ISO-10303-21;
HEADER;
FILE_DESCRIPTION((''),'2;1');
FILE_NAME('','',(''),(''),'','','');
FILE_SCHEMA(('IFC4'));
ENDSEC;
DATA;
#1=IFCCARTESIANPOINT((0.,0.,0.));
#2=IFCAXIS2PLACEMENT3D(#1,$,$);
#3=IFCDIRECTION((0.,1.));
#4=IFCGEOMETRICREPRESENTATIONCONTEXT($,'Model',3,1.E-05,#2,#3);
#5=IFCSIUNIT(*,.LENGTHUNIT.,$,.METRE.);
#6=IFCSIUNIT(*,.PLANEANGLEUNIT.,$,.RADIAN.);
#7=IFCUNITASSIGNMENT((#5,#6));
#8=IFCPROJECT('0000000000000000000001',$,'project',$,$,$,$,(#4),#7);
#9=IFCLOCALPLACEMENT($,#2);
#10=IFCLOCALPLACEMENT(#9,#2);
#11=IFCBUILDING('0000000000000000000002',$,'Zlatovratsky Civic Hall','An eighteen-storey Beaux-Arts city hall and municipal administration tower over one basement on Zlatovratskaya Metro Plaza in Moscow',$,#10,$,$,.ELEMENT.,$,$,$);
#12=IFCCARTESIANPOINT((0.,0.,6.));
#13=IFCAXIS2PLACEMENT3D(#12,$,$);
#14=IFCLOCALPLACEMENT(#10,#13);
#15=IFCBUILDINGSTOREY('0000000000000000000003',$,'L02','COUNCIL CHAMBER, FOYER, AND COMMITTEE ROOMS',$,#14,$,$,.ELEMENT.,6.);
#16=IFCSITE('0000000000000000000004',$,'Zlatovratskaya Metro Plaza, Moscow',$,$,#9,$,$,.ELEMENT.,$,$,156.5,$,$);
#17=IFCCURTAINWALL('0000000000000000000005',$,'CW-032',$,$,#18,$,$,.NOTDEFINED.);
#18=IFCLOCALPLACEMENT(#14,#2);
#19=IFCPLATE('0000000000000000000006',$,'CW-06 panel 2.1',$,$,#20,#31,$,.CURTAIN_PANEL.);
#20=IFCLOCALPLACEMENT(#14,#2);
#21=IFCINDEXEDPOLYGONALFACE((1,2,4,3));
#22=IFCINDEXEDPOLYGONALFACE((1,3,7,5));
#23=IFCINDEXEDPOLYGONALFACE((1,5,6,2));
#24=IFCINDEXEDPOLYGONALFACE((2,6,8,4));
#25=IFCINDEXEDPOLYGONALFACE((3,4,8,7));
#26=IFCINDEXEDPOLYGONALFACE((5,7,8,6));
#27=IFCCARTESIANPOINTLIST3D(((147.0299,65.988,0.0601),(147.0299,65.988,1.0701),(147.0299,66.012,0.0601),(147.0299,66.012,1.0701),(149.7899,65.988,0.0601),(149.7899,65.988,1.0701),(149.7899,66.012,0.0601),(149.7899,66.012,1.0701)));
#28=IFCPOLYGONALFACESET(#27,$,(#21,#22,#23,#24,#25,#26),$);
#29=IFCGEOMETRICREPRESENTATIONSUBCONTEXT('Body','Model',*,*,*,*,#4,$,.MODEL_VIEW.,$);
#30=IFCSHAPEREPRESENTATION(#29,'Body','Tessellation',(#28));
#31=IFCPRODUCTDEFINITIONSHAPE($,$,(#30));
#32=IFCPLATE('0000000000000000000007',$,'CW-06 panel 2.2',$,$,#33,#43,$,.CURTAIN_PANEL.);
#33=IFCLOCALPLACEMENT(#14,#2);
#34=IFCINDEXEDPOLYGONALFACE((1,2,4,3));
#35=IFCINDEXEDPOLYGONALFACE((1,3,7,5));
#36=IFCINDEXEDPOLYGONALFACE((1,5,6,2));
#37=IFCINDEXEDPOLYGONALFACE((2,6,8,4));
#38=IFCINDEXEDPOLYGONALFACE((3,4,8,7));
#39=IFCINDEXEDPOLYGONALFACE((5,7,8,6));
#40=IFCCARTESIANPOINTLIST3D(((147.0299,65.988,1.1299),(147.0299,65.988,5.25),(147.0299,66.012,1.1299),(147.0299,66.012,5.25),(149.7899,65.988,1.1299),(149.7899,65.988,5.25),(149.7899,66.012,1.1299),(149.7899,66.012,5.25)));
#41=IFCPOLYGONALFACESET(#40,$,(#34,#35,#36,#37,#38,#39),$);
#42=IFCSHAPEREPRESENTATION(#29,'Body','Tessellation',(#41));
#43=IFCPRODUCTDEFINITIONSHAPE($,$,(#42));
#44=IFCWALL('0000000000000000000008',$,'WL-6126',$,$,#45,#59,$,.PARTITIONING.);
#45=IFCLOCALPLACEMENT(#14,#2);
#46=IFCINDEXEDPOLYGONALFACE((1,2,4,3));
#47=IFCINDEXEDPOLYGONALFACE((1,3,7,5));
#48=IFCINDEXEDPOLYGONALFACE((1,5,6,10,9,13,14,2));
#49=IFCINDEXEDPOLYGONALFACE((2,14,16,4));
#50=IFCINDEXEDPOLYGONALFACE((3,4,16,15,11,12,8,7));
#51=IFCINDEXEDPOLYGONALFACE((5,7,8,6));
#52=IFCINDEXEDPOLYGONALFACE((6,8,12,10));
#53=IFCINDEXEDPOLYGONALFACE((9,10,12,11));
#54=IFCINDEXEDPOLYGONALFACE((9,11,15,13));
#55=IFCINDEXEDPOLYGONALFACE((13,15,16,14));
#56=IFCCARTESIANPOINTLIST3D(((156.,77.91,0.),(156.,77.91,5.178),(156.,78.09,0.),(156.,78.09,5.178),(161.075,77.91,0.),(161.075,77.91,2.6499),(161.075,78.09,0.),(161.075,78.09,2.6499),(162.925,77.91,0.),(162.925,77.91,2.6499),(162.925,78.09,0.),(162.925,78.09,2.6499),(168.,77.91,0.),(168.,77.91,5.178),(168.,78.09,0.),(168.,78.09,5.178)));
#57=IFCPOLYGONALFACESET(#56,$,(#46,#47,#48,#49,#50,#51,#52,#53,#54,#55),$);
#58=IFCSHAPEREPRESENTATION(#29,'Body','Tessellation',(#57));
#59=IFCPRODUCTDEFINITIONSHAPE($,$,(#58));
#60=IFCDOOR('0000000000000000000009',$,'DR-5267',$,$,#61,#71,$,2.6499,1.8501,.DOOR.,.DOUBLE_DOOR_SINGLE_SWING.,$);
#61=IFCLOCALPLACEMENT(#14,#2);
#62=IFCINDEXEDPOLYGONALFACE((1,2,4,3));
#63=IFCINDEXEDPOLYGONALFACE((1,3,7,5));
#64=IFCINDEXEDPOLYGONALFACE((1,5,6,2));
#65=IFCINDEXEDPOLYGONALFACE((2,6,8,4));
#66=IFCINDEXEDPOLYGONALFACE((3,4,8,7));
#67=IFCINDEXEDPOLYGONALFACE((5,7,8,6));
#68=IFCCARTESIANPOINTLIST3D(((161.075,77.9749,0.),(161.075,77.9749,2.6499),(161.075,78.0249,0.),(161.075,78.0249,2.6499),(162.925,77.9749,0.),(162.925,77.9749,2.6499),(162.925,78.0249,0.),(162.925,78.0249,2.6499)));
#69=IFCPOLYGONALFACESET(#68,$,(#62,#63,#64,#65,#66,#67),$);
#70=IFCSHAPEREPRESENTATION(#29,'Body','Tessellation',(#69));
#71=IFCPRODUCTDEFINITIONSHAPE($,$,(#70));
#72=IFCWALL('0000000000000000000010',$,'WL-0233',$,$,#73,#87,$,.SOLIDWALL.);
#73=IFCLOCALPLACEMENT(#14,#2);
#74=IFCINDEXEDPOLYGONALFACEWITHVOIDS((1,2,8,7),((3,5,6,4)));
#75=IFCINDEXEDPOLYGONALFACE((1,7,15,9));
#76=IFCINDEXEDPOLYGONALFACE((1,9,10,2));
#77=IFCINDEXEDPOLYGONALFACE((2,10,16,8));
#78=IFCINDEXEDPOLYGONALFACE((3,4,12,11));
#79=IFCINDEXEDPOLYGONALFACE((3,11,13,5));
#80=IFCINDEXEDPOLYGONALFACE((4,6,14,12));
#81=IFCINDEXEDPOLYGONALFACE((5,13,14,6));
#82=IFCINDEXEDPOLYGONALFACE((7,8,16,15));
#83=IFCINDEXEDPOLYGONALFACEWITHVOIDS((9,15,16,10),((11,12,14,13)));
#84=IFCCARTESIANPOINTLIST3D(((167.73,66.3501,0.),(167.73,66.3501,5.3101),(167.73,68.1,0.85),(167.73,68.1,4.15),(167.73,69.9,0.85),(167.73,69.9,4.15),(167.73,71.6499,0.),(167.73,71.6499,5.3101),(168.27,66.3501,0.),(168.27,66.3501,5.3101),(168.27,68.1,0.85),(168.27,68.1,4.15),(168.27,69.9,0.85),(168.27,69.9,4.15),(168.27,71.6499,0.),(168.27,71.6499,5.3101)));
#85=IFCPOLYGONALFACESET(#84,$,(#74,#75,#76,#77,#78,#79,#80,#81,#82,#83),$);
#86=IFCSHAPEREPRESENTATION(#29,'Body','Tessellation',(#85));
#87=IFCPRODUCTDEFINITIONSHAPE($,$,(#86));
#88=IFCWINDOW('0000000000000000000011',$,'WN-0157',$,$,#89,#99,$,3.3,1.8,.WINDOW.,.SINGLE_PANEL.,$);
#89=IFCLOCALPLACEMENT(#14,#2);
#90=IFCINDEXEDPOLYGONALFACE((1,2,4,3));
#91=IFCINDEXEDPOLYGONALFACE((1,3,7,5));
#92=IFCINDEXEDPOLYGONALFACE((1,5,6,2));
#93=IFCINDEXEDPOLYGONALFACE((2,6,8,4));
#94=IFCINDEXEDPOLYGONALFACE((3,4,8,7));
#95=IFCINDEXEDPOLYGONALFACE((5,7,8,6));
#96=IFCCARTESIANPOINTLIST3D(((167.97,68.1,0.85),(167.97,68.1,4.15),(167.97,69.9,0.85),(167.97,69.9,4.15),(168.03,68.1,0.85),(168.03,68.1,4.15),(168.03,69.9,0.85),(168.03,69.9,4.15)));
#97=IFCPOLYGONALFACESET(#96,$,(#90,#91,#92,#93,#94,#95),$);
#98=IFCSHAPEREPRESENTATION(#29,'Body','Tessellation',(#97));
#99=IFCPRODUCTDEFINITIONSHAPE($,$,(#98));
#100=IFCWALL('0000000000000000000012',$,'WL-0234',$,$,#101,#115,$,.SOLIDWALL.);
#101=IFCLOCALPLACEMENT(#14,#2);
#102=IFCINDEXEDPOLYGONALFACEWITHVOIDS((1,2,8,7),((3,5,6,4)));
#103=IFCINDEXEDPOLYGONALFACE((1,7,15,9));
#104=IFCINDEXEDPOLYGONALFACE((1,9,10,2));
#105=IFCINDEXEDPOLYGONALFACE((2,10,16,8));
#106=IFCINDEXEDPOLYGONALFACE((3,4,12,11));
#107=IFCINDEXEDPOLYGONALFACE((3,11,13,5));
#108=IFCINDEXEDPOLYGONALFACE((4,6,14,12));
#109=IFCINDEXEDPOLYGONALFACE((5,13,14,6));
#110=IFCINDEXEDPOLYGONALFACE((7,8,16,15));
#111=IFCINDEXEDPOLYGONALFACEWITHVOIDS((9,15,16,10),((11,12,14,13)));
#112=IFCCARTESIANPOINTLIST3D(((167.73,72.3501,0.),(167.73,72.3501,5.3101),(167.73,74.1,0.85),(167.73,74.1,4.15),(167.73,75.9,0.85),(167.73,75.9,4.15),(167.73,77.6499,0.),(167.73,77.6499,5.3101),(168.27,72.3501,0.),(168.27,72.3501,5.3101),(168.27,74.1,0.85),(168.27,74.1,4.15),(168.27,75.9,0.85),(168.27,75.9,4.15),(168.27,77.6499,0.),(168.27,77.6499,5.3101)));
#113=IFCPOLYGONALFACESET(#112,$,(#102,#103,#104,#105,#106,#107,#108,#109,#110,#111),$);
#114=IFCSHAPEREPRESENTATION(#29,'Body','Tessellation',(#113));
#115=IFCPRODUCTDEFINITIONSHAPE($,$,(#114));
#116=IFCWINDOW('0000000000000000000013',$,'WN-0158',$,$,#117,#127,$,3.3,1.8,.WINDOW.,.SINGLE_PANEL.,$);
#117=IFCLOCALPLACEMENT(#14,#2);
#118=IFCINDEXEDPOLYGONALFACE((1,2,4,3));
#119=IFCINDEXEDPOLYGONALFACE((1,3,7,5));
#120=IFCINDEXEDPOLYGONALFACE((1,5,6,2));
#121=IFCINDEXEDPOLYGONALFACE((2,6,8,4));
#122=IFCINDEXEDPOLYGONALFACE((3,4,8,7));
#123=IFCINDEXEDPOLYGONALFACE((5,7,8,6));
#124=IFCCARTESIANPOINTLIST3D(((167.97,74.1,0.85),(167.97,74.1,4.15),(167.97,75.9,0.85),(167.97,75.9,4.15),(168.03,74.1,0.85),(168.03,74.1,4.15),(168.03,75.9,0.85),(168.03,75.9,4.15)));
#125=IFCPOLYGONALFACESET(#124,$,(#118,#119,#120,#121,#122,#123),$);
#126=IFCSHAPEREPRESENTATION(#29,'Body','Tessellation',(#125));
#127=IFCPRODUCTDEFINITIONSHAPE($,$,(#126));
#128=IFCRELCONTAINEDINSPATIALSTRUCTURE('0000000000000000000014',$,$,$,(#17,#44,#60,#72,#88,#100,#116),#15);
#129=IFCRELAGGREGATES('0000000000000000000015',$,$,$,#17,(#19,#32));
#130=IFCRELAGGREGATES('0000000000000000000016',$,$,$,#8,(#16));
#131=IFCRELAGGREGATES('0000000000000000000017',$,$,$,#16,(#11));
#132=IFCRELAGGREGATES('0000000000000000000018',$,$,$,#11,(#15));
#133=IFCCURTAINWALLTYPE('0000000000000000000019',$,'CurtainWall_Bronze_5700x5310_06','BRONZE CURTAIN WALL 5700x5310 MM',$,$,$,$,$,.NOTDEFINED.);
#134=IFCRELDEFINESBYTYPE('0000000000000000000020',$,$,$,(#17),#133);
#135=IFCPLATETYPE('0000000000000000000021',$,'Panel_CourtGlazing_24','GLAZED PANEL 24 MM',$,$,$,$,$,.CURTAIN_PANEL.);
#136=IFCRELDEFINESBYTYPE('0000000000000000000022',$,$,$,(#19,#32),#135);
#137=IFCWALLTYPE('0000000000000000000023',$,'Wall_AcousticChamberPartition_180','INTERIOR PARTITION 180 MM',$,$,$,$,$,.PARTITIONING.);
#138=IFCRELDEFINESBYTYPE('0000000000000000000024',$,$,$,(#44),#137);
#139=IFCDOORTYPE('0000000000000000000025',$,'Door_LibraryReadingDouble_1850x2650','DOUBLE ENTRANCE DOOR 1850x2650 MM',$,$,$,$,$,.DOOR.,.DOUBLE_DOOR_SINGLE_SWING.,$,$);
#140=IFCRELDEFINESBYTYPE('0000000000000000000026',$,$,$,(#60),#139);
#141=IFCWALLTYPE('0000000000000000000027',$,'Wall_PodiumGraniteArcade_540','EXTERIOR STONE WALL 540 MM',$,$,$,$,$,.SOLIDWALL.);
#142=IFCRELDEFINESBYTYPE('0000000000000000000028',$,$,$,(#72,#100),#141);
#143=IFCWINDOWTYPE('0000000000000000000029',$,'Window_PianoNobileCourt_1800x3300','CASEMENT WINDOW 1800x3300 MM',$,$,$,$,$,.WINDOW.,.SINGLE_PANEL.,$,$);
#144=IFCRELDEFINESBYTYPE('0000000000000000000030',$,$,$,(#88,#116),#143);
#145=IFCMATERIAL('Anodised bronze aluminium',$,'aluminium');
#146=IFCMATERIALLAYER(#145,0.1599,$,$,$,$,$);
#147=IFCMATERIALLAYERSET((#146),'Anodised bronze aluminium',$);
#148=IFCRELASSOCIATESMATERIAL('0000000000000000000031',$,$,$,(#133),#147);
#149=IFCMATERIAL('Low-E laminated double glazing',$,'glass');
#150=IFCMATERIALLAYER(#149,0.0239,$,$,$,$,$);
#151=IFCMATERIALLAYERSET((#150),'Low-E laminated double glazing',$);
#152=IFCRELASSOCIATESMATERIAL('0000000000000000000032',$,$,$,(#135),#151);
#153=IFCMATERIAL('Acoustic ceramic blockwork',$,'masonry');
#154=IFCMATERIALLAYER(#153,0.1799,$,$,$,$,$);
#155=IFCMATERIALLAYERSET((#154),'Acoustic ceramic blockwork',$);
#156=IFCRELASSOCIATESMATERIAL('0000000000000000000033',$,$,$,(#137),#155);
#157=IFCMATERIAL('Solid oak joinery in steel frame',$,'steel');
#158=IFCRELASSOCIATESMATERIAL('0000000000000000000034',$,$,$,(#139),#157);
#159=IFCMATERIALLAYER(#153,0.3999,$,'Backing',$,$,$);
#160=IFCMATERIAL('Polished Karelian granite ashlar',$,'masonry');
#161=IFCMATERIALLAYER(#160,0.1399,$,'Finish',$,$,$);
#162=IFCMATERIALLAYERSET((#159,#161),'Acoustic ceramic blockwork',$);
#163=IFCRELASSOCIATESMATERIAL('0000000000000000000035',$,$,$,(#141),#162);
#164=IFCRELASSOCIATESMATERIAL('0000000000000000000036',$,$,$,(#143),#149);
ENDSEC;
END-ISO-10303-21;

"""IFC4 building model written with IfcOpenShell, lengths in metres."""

from ifc_helpers import new_model, si_unit, direction, frame, frame_2d, origin, origin_2d, place, context, subcontext, project, spatial, rectangle, extrude, material, layer, layer_set, type_object, element, fill, aggregate, save


model = new_model("IFC4")

# Units and contexts
model_context = context("Model", 3, precision=1e-05, world=origin(), true_north=direction((0.0, 1.0)))
body_context = subcontext(model_context, "Body", "Model", "MODEL_VIEW")
ifc_project = project(units=[si_unit("LENGTHUNIT", "METRE"), si_unit("PLANEANGLEUNIT", "RADIAN")], contexts=[model_context])

# Site, building, storey
site_placement = place(None, origin())
site = spatial("IfcSite", under=ifc_project, at=site_placement, Name="Zlatovratskaya Metro Plaza, Moscow", CompositionType="ELEMENT", RefElevation=156.5)
building_placement = place(site_placement, origin())
building = spatial("IfcBuilding", under=site, at=building_placement, Name="Zlatovratsky Civic Hall", Description="An eighteen-storey Beaux-Arts city hall and municipal administration tower over one basement on Zlatovratskaya Metro Plaza in Moscow", CompositionType="ELEMENT")
storey_placement = place(building_placement, frame((0.0, 0.0, 6.0)))
storey = spatial("IfcBuildingStorey", under=building, at=storey_placement, Name="L02", Description="COUNCIL CHAMBER, FOYER, AND COMMITTEE ROOMS", CompositionType="ELEMENT", Elevation=6.0)

# Curtain wall
ifc_material_1 = material(Name="Anodised bronze aluminium", Category="aluminium")
ifc_layer_1 = layer(ifc_material_1, 0.1599)
ifc_layer_set_1 = layer_set([ifc_layer_1], Name="Anodised bronze aluminium")
curtain_wall_type = type_object("IfcCurtainWallType", Name="CurtainWall_Bronze_5700x5310_06", Description="BRONZE CURTAIN WALL 5700x5310 MM", PredefinedType="NOTDEFINED", material=ifc_layer_set_1)
curtain_wall_placement = place(storey_placement, origin())
curtain_wall = element("IfcCurtainWall", 1, at=curtain_wall_placement, inside=storey, type_object=curtain_wall_type, Name="CW-032", PredefinedType="NOTDEFINED")

# Plates
ifc_material_2 = material(Name="Low-E laminated double glazing", Category="glass")
ifc_layer_2 = layer(ifc_material_2, 0.0239)
ifc_layer_set_2 = layer_set([ifc_layer_2], Name="Low-E laminated double glazing")
plate_type = type_object("IfcPlateType", Name="Panel_CourtGlazing_24", Description="GLAZED PANEL 24 MM", PredefinedType="CURTAIN_PANEL", material=ifc_layer_set_2)
plate_1_placement = place(storey_placement, frame((148.4099, 66.0, 0.0601), z_axis=(0.0, 0.0, 1.0), x_axis=(1.0, 0.0, 0.0)))
plate_1 = element("IfcPlate", 2, at=plate_1_placement, type_object=plate_type, Name="CW-06 panel 2.1", PredefinedType="CURTAIN_PANEL", context=body_context, shape_type="SweptSolid", body=[
    extrude(rectangle(XDim=2.76, YDim=0.0239, at=origin_2d()), origin(), (0.0, 0.0, 1.0), 1.01),
])
plate_2_placement = place(storey_placement, frame((148.4099, 66.0, 1.1299), z_axis=(0.0, 0.0, 1.0), x_axis=(1.0, 0.0, 0.0)))
plate_2 = element("IfcPlate", 3, at=plate_2_placement, type_object=plate_type, Name="CW-06 panel 2.2", PredefinedType="CURTAIN_PANEL", context=body_context, shape_type="SweptSolid", body=[
    extrude(rectangle(XDim=2.76, YDim=0.0239, at=origin_2d()), origin(), (0.0, 0.0, 1.0), 4.1201),
])
aggregate(curtain_wall, [plate_1, plate_2])

# Wall, opening, door
ifc_material_3 = material(Name="Acoustic ceramic blockwork", Category="masonry")
ifc_layer_3 = layer(ifc_material_3, 0.1799)
ifc_layer_set_3 = layer_set([ifc_layer_3], Name="Acoustic ceramic blockwork")
wall_type_1 = type_object("IfcWallType", Name="Wall_AcousticChamberPartition_180", Description="INTERIOR PARTITION 180 MM", PredefinedType="PARTITIONING", material=ifc_layer_set_3)
wall_1_placement = place(storey_placement, frame((156.0, 78.0, 0.0), z_axis=(0.0, 0.0, 1.0), x_axis=(1.0, 0.0, 0.0)))
wall_1 = element("IfcWall", 4, at=wall_1_placement, inside=storey, type_object=wall_type_1, Name="WL-6126", PredefinedType="PARTITIONING", context=body_context, shape_type="SweptSolid", body=[
    extrude(rectangle(XDim=12.0, YDim=0.1799, at=frame_2d((6.0, 0.0))), origin(), (0.0, 0.0, 1.0), 5.178),
])
opening_1_placement = place(wall_1_placement, frame((5.075, 0.0, 0.0)))
opening_1 = element("IfcOpeningElement", 5, at=opening_1_placement, cuts=wall_1, PredefinedType="OPENING", context=body_context, shape_type="SweptSolid", body=[
    extrude(rectangle(XDim=1.8501, YDim=2.6499, at=frame_2d((0.925, 1.325))), frame((0.0, 0.105, 0.0), z_axis=(0.0, -1.0, 0.0), x_axis=(1.0, 0.0, 0.0)), (0.0, 0.0, 1.0), 0.2097),
])
ifc_material_4 = material(Name="Solid oak joinery in steel frame", Category="steel")
door_type = type_object("IfcDoorType", Name="Door_LibraryReadingDouble_1850x2650", Description="DOUBLE ENTRANCE DOOR 1850x2650 MM", OperationType="DOUBLE_DOOR_SINGLE_SWING", PredefinedType="DOOR", material=ifc_material_4)
door_placement = place(opening_1_placement, origin())
door = element("IfcDoor", 6, at=door_placement, inside=storey, type_object=door_type, Name="DR-5267", OperationType="DOUBLE_DOOR_SINGLE_SWING", OverallHeight=2.6499, OverallWidth=1.8501, PredefinedType="DOOR", context=body_context, shape_type="SweptSolid", body=[
    extrude(rectangle(XDim=1.8501, YDim=2.6499, at=frame_2d((0.925, 1.325))), frame((0.0, 0.0249, 0.0), z_axis=(0.0, -1.0, 0.0), x_axis=(1.0, 0.0, 0.0)), (0.0, 0.0, 1.0), 0.05),
])
fill(opening_1, door)

# Walls, openings, windows
ifc_layer_4 = layer(ifc_material_3, 0.3999, Name="Backing")
ifc_material_5 = material(Name="Polished Karelian granite ashlar", Category="masonry")
ifc_layer_5 = layer(ifc_material_5, 0.1399, Name="Finish")
ifc_layer_set_4 = layer_set([ifc_layer_4, ifc_layer_5], Name="Acoustic ceramic blockwork")
wall_type_2 = type_object("IfcWallType", Name="Wall_PodiumGraniteArcade_540", Description="EXTERIOR STONE WALL 540 MM", PredefinedType="SOLIDWALL", material=ifc_layer_set_4)
wall_2_placement = place(storey_placement, frame((168.0, 66.3501, 0.0), z_axis=(0.0, 0.0, 1.0), x_axis=(0.0, 1.0, 0.0)))
wall_2 = element("IfcWall", 7, at=wall_2_placement, inside=storey, type_object=wall_type_2, Name="WL-0233", PredefinedType="SOLIDWALL", context=body_context, shape_type="SweptSolid", body=[
    extrude(rectangle(XDim=5.2998, YDim=0.54, at=frame_2d((2.6499, 0.0))), origin(), (0.0, 0.0, 1.0), 5.3101),
])
opening_2_placement = place(wall_2_placement, frame((1.75, 0.0, 0.8501)))
opening_2 = element("IfcOpeningElement", 8, at=opening_2_placement, cuts=wall_2, PredefinedType="OPENING", context=body_context, shape_type="SweptSolid", body=[
    extrude(rectangle(XDim=1.8, YDim=3.3, at=frame_2d((0.8999, 1.6499))), frame((0.0, 0.2849, 0.0), z_axis=(0.0, -1.0, 0.0), x_axis=(1.0, 0.0, 0.0)), (0.0, 0.0, 1.0), 0.5698),
])
window_type = type_object("IfcWindowType", Name="Window_PianoNobileCourt_1800x3300", Description="CASEMENT WINDOW 1800x3300 MM", PartitioningType="SINGLE_PANEL", PredefinedType="WINDOW", material=ifc_material_2)
window_1_placement = place(opening_2_placement, origin())
window_1 = element("IfcWindow", 9, at=window_1_placement, inside=storey, type_object=window_type, Name="WN-0157", OverallHeight=3.3, OverallWidth=1.8, PartitioningType="SINGLE_PANEL", PredefinedType="WINDOW", context=body_context, shape_type="SweptSolid", body=[
    extrude(rectangle(XDim=1.8, YDim=3.3, at=frame_2d((0.8999, 1.6499))), frame((0.0, 0.03, 0.0), z_axis=(0.0, -1.0, 0.0), x_axis=(1.0, 0.0, 0.0)), (0.0, 0.0, 1.0), 0.0601),
])
fill(opening_2, window_1)
wall_3_placement = place(storey_placement, frame((168.0, 72.3501, 0.0), z_axis=(0.0, 0.0, 1.0), x_axis=(0.0, 1.0, 0.0)))
wall_3 = element("IfcWall", 10, at=wall_3_placement, inside=storey, type_object=wall_type_2, Name="WL-0234", PredefinedType="SOLIDWALL", context=body_context, shape_type="SweptSolid", body=[
    extrude(rectangle(XDim=5.2998, YDim=0.54, at=frame_2d((2.6499, 0.0))), origin(), (0.0, 0.0, 1.0), 5.3101),
])
opening_3_placement = place(wall_3_placement, frame((1.75, 0.0, 0.8501)))
opening_3 = element("IfcOpeningElement", 11, at=opening_3_placement, cuts=wall_3, PredefinedType="OPENING", context=body_context, shape_type="SweptSolid", body=[
    extrude(rectangle(XDim=1.8, YDim=3.3, at=frame_2d((0.8999, 1.6499))), frame((0.0, 0.2849, 0.0), z_axis=(0.0, -1.0, 0.0), x_axis=(1.0, 0.0, 0.0)), (0.0, 0.0, 1.0), 0.5698),
])
window_2_placement = place(opening_3_placement, origin())
window_2 = element("IfcWindow", 12, at=window_2_placement, inside=storey, type_object=window_type, Name="WN-0158", OverallHeight=3.3, OverallWidth=1.8, PartitioningType="SINGLE_PANEL", PredefinedType="WINDOW", context=body_context, shape_type="SweptSolid", body=[
    extrude(rectangle(XDim=1.8, YDim=3.3, at=frame_2d((0.8999, 1.6499))), frame((0.0, 0.03, 0.0), z_axis=(0.0, -1.0, 0.0), x_axis=(1.0, 0.0, 0.0)), (0.0, 0.0, 1.0), 0.0601),
])
fill(opening_3, window_2)

save(model, "model.ifc")
